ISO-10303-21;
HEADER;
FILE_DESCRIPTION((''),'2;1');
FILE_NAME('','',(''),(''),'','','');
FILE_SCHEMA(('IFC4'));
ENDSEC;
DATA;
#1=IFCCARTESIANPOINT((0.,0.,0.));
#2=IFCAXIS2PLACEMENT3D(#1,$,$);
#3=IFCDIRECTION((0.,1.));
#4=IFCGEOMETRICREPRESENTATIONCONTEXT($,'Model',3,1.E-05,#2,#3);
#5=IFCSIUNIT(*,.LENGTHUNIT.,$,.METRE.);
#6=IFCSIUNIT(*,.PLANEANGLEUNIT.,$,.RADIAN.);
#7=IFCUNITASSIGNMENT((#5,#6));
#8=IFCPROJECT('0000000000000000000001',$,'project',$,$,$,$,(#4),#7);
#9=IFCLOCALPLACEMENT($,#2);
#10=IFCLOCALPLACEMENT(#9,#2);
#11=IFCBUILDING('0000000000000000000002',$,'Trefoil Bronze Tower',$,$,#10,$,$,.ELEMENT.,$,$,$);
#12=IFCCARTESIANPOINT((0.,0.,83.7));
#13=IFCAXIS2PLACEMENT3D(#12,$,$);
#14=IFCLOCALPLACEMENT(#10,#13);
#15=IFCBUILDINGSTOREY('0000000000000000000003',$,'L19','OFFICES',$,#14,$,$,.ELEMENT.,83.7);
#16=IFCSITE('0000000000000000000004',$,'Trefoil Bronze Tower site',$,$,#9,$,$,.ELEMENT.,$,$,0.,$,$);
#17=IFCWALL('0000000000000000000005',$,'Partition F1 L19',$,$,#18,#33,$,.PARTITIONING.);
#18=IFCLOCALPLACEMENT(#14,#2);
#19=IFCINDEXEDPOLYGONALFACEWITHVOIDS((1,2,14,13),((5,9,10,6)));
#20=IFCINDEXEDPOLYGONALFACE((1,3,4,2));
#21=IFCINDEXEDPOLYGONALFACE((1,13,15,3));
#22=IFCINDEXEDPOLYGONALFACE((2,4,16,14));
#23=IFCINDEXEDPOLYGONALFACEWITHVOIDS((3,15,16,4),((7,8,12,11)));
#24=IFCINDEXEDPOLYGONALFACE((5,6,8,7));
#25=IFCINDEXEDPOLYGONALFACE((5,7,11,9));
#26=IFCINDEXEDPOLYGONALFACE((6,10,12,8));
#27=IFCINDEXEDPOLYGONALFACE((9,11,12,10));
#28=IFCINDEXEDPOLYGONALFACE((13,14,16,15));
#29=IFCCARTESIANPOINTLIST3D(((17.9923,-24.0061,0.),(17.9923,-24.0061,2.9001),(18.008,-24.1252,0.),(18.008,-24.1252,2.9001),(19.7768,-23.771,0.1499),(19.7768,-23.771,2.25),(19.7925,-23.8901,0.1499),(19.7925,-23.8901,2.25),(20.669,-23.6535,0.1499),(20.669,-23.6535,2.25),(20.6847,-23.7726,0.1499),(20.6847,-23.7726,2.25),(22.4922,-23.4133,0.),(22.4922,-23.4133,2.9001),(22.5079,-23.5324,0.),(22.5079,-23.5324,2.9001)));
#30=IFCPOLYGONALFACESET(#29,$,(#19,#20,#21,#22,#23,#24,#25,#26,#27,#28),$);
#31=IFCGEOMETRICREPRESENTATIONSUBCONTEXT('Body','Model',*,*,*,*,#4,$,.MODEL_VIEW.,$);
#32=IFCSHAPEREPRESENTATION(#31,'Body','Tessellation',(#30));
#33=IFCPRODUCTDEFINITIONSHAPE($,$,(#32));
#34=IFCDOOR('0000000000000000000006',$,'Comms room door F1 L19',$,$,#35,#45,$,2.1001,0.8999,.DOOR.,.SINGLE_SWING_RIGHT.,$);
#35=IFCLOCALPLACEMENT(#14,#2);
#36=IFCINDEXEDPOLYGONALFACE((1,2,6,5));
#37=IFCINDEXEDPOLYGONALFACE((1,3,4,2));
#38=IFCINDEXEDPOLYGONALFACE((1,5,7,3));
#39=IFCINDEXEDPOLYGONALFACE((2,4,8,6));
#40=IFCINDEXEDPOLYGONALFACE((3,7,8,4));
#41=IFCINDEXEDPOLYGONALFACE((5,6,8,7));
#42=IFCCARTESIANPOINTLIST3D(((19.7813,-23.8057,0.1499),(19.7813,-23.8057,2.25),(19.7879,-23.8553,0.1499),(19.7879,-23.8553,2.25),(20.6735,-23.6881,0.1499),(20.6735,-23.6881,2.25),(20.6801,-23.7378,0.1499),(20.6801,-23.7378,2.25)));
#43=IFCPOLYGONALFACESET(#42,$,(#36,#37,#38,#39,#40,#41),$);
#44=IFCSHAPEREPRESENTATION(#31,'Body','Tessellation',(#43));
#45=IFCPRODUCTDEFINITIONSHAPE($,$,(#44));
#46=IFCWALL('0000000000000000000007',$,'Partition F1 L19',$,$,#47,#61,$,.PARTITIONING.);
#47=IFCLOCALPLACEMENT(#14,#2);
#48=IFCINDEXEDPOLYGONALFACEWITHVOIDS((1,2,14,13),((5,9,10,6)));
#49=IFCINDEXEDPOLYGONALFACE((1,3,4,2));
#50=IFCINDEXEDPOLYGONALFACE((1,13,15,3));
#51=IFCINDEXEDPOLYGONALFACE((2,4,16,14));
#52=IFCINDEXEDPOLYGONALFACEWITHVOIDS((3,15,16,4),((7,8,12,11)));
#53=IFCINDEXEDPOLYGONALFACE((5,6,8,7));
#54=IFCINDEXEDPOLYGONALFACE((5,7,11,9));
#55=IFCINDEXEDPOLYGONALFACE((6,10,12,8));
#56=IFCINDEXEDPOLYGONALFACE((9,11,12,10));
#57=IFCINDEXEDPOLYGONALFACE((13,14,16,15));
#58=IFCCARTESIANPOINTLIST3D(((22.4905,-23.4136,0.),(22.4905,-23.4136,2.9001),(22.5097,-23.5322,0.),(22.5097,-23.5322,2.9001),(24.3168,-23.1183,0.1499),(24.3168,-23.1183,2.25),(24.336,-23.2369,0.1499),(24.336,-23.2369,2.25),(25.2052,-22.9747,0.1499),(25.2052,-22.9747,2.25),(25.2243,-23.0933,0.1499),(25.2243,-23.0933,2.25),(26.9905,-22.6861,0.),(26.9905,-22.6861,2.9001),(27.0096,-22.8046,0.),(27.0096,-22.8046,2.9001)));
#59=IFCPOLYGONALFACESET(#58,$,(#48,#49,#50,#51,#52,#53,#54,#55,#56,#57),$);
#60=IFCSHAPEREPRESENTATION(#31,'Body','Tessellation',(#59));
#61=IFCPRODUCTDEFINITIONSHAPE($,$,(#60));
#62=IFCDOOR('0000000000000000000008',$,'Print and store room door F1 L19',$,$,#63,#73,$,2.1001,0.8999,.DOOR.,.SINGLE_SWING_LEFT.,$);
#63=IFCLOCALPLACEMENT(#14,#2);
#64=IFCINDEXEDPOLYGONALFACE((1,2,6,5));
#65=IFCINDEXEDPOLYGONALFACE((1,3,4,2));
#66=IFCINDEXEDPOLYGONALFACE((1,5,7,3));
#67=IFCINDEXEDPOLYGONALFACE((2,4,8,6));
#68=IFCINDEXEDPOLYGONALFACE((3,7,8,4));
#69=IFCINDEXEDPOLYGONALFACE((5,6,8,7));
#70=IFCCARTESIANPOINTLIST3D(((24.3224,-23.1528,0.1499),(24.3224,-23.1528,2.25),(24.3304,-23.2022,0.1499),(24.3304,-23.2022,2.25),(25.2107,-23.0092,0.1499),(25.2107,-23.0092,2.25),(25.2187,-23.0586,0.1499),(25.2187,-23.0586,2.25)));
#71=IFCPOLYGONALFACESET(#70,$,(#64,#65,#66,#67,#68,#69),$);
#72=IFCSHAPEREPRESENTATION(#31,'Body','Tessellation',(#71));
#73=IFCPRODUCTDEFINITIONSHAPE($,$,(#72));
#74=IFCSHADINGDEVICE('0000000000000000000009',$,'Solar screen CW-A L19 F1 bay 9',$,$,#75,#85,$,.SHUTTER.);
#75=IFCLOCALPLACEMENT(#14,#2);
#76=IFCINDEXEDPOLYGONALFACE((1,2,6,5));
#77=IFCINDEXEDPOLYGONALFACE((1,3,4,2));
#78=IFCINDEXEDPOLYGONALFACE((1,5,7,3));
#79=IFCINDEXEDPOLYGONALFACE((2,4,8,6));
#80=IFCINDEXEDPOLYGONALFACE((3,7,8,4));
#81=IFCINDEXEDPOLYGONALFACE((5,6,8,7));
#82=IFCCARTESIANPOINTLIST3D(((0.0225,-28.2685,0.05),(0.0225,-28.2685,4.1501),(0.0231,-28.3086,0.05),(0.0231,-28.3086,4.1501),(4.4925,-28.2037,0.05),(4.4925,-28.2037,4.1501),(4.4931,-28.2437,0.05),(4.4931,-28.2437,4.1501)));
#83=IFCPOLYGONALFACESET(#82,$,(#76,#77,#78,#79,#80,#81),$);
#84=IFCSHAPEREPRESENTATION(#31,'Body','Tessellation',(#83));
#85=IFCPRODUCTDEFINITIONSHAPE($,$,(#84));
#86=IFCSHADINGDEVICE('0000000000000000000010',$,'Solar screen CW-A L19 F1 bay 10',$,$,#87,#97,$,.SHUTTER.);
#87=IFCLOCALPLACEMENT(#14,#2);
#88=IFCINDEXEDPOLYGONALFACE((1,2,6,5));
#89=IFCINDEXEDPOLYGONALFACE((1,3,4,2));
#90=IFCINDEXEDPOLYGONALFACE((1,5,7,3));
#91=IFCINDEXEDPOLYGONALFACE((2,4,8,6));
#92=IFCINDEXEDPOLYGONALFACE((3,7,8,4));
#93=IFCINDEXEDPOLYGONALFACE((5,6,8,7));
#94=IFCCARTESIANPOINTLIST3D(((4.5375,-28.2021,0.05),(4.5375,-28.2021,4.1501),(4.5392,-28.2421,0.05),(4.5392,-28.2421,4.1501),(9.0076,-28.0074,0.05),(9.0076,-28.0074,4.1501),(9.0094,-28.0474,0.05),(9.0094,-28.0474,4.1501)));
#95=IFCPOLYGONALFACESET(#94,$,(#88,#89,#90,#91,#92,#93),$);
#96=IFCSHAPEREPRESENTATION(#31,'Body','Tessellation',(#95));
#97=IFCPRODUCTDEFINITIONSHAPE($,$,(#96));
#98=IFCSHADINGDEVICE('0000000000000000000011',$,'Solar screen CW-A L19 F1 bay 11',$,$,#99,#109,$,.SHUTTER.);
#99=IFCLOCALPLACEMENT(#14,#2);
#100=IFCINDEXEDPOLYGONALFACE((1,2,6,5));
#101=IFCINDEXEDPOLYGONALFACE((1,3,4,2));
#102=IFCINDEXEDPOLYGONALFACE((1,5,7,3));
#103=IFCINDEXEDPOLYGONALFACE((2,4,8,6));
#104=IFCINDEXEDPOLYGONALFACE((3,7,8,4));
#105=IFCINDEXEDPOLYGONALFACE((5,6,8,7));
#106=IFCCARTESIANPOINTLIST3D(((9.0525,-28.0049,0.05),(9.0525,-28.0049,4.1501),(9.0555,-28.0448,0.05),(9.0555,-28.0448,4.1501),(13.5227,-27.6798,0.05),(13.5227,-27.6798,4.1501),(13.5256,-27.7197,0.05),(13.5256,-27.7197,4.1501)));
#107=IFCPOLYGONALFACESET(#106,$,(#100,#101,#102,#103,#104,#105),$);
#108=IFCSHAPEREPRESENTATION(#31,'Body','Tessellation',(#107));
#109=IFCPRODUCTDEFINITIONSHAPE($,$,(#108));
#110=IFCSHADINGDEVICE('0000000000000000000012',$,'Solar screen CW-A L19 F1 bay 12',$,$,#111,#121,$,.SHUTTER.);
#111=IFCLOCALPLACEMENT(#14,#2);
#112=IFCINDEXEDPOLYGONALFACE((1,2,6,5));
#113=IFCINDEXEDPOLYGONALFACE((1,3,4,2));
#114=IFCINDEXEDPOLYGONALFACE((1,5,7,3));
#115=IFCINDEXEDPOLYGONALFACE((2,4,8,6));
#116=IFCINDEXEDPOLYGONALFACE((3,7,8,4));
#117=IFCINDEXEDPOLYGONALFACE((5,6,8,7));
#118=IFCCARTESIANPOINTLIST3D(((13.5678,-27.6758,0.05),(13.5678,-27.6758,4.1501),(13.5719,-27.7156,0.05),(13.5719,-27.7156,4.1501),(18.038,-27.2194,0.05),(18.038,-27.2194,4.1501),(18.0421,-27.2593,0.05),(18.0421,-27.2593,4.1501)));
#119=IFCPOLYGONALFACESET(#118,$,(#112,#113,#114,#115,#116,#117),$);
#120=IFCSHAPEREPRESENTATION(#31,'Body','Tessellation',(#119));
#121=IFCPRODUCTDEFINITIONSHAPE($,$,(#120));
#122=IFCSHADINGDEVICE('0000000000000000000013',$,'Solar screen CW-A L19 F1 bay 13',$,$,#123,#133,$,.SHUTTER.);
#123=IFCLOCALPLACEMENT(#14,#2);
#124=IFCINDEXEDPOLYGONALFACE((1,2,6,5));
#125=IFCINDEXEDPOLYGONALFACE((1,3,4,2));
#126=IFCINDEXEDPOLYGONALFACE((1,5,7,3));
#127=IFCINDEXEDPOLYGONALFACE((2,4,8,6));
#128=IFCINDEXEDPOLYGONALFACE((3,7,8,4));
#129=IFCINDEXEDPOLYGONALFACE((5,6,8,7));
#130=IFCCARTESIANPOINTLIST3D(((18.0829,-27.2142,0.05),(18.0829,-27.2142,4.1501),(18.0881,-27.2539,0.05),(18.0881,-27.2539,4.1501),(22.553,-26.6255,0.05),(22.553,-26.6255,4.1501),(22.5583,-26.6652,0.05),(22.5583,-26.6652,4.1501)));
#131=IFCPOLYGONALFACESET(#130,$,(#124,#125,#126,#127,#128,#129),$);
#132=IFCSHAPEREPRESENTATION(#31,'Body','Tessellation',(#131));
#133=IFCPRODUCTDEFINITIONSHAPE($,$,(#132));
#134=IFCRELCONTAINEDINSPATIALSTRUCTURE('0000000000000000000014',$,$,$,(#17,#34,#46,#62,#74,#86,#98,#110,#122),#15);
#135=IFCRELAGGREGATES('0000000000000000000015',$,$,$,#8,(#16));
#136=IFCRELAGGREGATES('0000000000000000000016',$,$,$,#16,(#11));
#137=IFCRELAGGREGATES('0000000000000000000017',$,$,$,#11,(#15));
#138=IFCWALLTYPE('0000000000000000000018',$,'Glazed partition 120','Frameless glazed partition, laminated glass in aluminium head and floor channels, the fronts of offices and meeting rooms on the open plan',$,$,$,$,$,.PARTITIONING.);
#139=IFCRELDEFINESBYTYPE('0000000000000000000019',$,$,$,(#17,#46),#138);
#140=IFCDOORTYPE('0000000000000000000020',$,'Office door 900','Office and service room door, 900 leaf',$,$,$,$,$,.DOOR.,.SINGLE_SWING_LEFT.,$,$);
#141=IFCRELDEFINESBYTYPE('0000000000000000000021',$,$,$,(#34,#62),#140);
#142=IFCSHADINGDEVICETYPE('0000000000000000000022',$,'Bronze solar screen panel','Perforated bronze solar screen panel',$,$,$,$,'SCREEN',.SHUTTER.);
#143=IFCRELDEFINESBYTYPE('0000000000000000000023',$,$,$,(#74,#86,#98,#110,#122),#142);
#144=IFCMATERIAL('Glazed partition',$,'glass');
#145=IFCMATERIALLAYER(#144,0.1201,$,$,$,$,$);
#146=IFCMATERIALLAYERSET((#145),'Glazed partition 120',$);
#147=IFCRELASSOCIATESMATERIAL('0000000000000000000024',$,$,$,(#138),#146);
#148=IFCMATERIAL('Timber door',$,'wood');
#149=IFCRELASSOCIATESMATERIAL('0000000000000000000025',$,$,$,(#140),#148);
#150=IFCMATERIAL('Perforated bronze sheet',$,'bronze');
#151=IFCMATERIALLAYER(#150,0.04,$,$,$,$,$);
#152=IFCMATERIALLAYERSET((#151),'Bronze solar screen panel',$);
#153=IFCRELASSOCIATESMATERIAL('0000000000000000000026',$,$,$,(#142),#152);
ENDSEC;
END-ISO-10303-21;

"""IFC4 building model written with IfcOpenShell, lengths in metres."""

from ifc_helpers import new_model, si_unit, direction, frame, frame_2d, origin, origin_2d, place, context, subcontext, project, spatial, rectangle, extrude, material, layer, layer_set, type_object, element, fill, save


model = new_model("IFC4")

# Units and contexts
model_context = context("Model", 3, precision=1e-05, world=origin(), true_north=direction((0.0, 1.0)))
body_context = subcontext(model_context, "Body", "Model", "MODEL_VIEW")
ifc_project = project(units=[si_unit("LENGTHUNIT", "METRE"), si_unit("PLANEANGLEUNIT", "RADIAN")], contexts=[model_context])

# Site, building, storey
site_placement = place(None, origin())
site = spatial("IfcSite", under=ifc_project, at=site_placement, Name="Trefoil Bronze Tower site", CompositionType="ELEMENT", RefElevation=0.0)
building_placement = place(site_placement, origin())
building = spatial("IfcBuilding", under=site, at=building_placement, Name="Trefoil Bronze Tower", CompositionType="ELEMENT")
storey_placement = place(building_placement, frame((0.0, 0.0, 83.7)))
storey = spatial("IfcBuildingStorey", under=building, at=storey_placement, Name="L19", Description="OFFICES", CompositionType="ELEMENT", Elevation=83.7)

# Walls, openings, doors
ifc_material_1 = material(Name="Glazed partition", Category="glass")
ifc_layer_1 = layer(ifc_material_1, 0.1201)
ifc_layer_set_1 = layer_set([ifc_layer_1], Name="Glazed partition 120")
wall_type = type_object("IfcWallType", Name="Glazed partition 120", Description="Frameless glazed partition, laminated glass in aluminium head and floor channels, the fronts of offices and meeting rooms on the open plan", PredefinedType="PARTITIONING", material=ifc_layer_set_1)
wall_1_placement = place(storey_placement, frame((18.0, -24.0657, 0.0), z_axis=(0.0, 0.0, 1.0), x_axis=(0.991435, 0.130599, 0.0)))
wall_1 = element("IfcWall", 1, at=wall_1_placement, inside=storey, type_object=wall_type, Name="Partition F1 L19", PredefinedType="PARTITIONING", context=body_context, shape_type="SweptSolid", body=[
    extrude(rectangle(XDim=4.5388, YDim=0.1201, at=frame_2d((2.2695, 0.0))), origin(), (0.0, 0.0, 1.0), 2.9001),
])
opening_1_placement = place(wall_1_placement, frame((1.8, 0.0, 0.1499)))
opening_1 = element("IfcOpeningElement", 2, at=opening_1_placement, cuts=wall_1, PredefinedType="OPENING", context=body_context, shape_type="SweptSolid", body=[
    extrude(rectangle(XDim=0.8999, YDim=2.1001, at=frame_2d((0.45, 1.05))), frame((0.0, 0.0701, 0.0), z_axis=(0.0, -1.0, 0.0), x_axis=(1.0, 0.0, 0.0)), (0.0, 0.0, 1.0), 0.1401),
])
ifc_material_2 = material(Name="Timber door", Category="wood")
door_type = type_object("IfcDoorType", Name="Office door 900", Description="Office and service room door, 900 leaf", OperationType="SINGLE_SWING_LEFT", PredefinedType="DOOR", material=ifc_material_2)
door_1_placement = place(opening_1_placement, frame((0.8999, 0.0, 0.0), z_axis=(0.0, 0.0, 1.0), x_axis=(-1.0, 0.0, 0.0)))
door_1 = element("IfcDoor", 3, at=door_1_placement, inside=storey, type_object=door_type, Name="Comms room door F1 L19", OperationType="SINGLE_SWING_RIGHT", OverallHeight=2.1001, OverallWidth=0.8999, PredefinedType="DOOR", context=body_context, shape_type="SweptSolid", body=[
    extrude(rectangle(XDim=0.8999, YDim=2.1001, at=frame_2d((0.45, 1.05))), frame((0.0, 0.0249, 0.0), z_axis=(0.0, -1.0, 0.0), x_axis=(1.0, 0.0, 0.0)), (0.0, 0.0, 1.0), 0.05),
])
fill(opening_1, door_1)
wall_2_placement = place(storey_placement, frame((22.5, -23.4729, 0.0), z_axis=(0.0, 0.0, 1.0), x_axis=(0.987181, 0.159603, 0.0)))
wall_2 = element("IfcWall", 4, at=wall_2_placement, inside=storey, type_object=wall_type, Name="Partition F1 L19", PredefinedType="PARTITIONING", context=body_context, shape_type="SweptSolid", body=[
    extrude(rectangle(XDim=4.5583, YDim=0.1201, at=frame_2d((2.2793, 0.0))), origin(), (0.0, 0.0, 1.0), 2.9001),
])
opening_2_placement = place(wall_2_placement, frame((1.8501, 0.0, 0.1499)))
opening_2 = element("IfcOpeningElement", 5, at=opening_2_placement, cuts=wall_2, PredefinedType="OPENING", context=body_context, shape_type="SweptSolid", body=[
    extrude(rectangle(XDim=0.8999, YDim=2.1001, at=frame_2d((0.45, 1.05))), frame((0.0, 0.0701, 0.0), z_axis=(0.0, -1.0, 0.0), x_axis=(1.0, 0.0, 0.0)), (0.0, 0.0, 1.0), 0.1401),
])
door_2_placement = place(opening_2_placement, frame((0.8999, 0.0, 0.0), z_axis=(0.0, 0.0, 1.0), x_axis=(-1.0, 0.0, 0.0)))
door_2 = element("IfcDoor", 6, at=door_2_placement, inside=storey, type_object=door_type, Name="Print and store room door F1 L19", OperationType="SINGLE_SWING_LEFT", OverallHeight=2.1001, OverallWidth=0.8999, PredefinedType="DOOR", context=body_context, shape_type="SweptSolid", body=[
    extrude(rectangle(XDim=0.8999, YDim=2.1001, at=frame_2d((0.45, 1.05))), frame((0.0, 0.0249, 0.0), z_axis=(0.0, -1.0, 0.0), x_axis=(1.0, 0.0, 0.0)), (0.0, 0.0, 1.0), 0.05),
])
fill(opening_2, door_2)

# Shading devices
ifc_material_3 = material(Name="Perforated bronze sheet", Category="bronze")
ifc_layer_2 = layer(ifc_material_3, 0.04)
ifc_layer_set_2 = layer_set([ifc_layer_2], Name="Bronze solar screen panel")
shading_device_type = type_object("IfcShadingDeviceType", Name="Bronze solar screen panel", Description="Perforated bronze solar screen panel", ElementType="SCREEN", PredefinedType="SHUTTER", material=ifc_layer_set_2)
shading_device_1_placement = place(storey_placement, frame((2.2578, -28.2561, 0.05), z_axis=(0.0, 0.0, 1.0), x_axis=(0.999895, 0.014509, 0.0)))
element("IfcShadingDevice", 7, at=shading_device_1_placement, inside=storey, type_object=shading_device_type, Name="Solar screen CW-A L19 F1 bay 9", PredefinedType="SHUTTER", context=body_context, shape_type="SweptSolid", body=[
    extrude(rectangle(XDim=4.4705, YDim=0.04, at=origin_2d()), origin(), (0.0, 0.0, 1.0), 4.1001),
])
shading_device_2_placement = place(storey_placement, frame((6.7734, -28.1248, 0.05), z_axis=(0.0, 0.0, 1.0), x_axis=(0.999052, 0.043528, 0.0)))
element("IfcShadingDevice", 8, at=shading_device_2_placement, inside=storey, type_object=shading_device_type, Name="Solar screen CW-A L19 F1 bay 10", PredefinedType="SHUTTER", context=body_context, shape_type="SweptSolid", body=[
    extrude(rectangle(XDim=4.4744, YDim=0.04, at=origin_2d()), origin(), (0.0, 0.0, 1.0), 4.1001),
])
shading_device_3_placement = place(storey_placement, frame((11.2891, -27.8623, 0.05), z_axis=(0.0, 0.0, 1.0), x_axis=(0.997365, 0.072547, 0.0)))
element("IfcShadingDevice", 9, at=shading_device_3_placement, inside=storey, type_object=shading_device_type, Name="Solar screen CW-A L19 F1 bay 11", PredefinedType="SHUTTER", context=body_context, shape_type="SweptSolid", body=[
    extrude(rectangle(XDim=4.4819, YDim=0.04, at=origin_2d()), origin(), (0.0, 0.0, 1.0), 4.1001),
])
shading_device_4_placement = place(storey_placement, frame((15.8049, -27.4675, 0.05), z_axis=(0.0, 0.0, 1.0), x_axis=(0.994829, 0.101565, 0.0)))
element("IfcShadingDevice", 10, at=shading_device_4_placement, inside=storey, type_object=shading_device_type, Name="Solar screen CW-A L19 F1 bay 12", PredefinedType="SHUTTER", context=body_context, shape_type="SweptSolid", body=[
    extrude(rectangle(XDim=4.4934, YDim=0.04, at=origin_2d()), origin(), (0.0, 0.0, 1.0), 4.1001),
])
shading_device_5_placement = place(storey_placement, frame((20.3206, -26.9397, 0.05), z_axis=(0.0, 0.0, 1.0), x_axis=(0.991437, 0.130584, 0.0)))
element("IfcShadingDevice", 11, at=shading_device_5_placement, inside=storey, type_object=shading_device_type, Name="Solar screen CW-A L19 F1 bay 13", PredefinedType="SHUTTER", context=body_context, shape_type="SweptSolid", body=[
    extrude(rectangle(XDim=4.5088, YDim=0.04, at=origin_2d()), origin(), (0.0, 0.0, 1.0), 4.1001),
])

save(model, "model.ifc")
